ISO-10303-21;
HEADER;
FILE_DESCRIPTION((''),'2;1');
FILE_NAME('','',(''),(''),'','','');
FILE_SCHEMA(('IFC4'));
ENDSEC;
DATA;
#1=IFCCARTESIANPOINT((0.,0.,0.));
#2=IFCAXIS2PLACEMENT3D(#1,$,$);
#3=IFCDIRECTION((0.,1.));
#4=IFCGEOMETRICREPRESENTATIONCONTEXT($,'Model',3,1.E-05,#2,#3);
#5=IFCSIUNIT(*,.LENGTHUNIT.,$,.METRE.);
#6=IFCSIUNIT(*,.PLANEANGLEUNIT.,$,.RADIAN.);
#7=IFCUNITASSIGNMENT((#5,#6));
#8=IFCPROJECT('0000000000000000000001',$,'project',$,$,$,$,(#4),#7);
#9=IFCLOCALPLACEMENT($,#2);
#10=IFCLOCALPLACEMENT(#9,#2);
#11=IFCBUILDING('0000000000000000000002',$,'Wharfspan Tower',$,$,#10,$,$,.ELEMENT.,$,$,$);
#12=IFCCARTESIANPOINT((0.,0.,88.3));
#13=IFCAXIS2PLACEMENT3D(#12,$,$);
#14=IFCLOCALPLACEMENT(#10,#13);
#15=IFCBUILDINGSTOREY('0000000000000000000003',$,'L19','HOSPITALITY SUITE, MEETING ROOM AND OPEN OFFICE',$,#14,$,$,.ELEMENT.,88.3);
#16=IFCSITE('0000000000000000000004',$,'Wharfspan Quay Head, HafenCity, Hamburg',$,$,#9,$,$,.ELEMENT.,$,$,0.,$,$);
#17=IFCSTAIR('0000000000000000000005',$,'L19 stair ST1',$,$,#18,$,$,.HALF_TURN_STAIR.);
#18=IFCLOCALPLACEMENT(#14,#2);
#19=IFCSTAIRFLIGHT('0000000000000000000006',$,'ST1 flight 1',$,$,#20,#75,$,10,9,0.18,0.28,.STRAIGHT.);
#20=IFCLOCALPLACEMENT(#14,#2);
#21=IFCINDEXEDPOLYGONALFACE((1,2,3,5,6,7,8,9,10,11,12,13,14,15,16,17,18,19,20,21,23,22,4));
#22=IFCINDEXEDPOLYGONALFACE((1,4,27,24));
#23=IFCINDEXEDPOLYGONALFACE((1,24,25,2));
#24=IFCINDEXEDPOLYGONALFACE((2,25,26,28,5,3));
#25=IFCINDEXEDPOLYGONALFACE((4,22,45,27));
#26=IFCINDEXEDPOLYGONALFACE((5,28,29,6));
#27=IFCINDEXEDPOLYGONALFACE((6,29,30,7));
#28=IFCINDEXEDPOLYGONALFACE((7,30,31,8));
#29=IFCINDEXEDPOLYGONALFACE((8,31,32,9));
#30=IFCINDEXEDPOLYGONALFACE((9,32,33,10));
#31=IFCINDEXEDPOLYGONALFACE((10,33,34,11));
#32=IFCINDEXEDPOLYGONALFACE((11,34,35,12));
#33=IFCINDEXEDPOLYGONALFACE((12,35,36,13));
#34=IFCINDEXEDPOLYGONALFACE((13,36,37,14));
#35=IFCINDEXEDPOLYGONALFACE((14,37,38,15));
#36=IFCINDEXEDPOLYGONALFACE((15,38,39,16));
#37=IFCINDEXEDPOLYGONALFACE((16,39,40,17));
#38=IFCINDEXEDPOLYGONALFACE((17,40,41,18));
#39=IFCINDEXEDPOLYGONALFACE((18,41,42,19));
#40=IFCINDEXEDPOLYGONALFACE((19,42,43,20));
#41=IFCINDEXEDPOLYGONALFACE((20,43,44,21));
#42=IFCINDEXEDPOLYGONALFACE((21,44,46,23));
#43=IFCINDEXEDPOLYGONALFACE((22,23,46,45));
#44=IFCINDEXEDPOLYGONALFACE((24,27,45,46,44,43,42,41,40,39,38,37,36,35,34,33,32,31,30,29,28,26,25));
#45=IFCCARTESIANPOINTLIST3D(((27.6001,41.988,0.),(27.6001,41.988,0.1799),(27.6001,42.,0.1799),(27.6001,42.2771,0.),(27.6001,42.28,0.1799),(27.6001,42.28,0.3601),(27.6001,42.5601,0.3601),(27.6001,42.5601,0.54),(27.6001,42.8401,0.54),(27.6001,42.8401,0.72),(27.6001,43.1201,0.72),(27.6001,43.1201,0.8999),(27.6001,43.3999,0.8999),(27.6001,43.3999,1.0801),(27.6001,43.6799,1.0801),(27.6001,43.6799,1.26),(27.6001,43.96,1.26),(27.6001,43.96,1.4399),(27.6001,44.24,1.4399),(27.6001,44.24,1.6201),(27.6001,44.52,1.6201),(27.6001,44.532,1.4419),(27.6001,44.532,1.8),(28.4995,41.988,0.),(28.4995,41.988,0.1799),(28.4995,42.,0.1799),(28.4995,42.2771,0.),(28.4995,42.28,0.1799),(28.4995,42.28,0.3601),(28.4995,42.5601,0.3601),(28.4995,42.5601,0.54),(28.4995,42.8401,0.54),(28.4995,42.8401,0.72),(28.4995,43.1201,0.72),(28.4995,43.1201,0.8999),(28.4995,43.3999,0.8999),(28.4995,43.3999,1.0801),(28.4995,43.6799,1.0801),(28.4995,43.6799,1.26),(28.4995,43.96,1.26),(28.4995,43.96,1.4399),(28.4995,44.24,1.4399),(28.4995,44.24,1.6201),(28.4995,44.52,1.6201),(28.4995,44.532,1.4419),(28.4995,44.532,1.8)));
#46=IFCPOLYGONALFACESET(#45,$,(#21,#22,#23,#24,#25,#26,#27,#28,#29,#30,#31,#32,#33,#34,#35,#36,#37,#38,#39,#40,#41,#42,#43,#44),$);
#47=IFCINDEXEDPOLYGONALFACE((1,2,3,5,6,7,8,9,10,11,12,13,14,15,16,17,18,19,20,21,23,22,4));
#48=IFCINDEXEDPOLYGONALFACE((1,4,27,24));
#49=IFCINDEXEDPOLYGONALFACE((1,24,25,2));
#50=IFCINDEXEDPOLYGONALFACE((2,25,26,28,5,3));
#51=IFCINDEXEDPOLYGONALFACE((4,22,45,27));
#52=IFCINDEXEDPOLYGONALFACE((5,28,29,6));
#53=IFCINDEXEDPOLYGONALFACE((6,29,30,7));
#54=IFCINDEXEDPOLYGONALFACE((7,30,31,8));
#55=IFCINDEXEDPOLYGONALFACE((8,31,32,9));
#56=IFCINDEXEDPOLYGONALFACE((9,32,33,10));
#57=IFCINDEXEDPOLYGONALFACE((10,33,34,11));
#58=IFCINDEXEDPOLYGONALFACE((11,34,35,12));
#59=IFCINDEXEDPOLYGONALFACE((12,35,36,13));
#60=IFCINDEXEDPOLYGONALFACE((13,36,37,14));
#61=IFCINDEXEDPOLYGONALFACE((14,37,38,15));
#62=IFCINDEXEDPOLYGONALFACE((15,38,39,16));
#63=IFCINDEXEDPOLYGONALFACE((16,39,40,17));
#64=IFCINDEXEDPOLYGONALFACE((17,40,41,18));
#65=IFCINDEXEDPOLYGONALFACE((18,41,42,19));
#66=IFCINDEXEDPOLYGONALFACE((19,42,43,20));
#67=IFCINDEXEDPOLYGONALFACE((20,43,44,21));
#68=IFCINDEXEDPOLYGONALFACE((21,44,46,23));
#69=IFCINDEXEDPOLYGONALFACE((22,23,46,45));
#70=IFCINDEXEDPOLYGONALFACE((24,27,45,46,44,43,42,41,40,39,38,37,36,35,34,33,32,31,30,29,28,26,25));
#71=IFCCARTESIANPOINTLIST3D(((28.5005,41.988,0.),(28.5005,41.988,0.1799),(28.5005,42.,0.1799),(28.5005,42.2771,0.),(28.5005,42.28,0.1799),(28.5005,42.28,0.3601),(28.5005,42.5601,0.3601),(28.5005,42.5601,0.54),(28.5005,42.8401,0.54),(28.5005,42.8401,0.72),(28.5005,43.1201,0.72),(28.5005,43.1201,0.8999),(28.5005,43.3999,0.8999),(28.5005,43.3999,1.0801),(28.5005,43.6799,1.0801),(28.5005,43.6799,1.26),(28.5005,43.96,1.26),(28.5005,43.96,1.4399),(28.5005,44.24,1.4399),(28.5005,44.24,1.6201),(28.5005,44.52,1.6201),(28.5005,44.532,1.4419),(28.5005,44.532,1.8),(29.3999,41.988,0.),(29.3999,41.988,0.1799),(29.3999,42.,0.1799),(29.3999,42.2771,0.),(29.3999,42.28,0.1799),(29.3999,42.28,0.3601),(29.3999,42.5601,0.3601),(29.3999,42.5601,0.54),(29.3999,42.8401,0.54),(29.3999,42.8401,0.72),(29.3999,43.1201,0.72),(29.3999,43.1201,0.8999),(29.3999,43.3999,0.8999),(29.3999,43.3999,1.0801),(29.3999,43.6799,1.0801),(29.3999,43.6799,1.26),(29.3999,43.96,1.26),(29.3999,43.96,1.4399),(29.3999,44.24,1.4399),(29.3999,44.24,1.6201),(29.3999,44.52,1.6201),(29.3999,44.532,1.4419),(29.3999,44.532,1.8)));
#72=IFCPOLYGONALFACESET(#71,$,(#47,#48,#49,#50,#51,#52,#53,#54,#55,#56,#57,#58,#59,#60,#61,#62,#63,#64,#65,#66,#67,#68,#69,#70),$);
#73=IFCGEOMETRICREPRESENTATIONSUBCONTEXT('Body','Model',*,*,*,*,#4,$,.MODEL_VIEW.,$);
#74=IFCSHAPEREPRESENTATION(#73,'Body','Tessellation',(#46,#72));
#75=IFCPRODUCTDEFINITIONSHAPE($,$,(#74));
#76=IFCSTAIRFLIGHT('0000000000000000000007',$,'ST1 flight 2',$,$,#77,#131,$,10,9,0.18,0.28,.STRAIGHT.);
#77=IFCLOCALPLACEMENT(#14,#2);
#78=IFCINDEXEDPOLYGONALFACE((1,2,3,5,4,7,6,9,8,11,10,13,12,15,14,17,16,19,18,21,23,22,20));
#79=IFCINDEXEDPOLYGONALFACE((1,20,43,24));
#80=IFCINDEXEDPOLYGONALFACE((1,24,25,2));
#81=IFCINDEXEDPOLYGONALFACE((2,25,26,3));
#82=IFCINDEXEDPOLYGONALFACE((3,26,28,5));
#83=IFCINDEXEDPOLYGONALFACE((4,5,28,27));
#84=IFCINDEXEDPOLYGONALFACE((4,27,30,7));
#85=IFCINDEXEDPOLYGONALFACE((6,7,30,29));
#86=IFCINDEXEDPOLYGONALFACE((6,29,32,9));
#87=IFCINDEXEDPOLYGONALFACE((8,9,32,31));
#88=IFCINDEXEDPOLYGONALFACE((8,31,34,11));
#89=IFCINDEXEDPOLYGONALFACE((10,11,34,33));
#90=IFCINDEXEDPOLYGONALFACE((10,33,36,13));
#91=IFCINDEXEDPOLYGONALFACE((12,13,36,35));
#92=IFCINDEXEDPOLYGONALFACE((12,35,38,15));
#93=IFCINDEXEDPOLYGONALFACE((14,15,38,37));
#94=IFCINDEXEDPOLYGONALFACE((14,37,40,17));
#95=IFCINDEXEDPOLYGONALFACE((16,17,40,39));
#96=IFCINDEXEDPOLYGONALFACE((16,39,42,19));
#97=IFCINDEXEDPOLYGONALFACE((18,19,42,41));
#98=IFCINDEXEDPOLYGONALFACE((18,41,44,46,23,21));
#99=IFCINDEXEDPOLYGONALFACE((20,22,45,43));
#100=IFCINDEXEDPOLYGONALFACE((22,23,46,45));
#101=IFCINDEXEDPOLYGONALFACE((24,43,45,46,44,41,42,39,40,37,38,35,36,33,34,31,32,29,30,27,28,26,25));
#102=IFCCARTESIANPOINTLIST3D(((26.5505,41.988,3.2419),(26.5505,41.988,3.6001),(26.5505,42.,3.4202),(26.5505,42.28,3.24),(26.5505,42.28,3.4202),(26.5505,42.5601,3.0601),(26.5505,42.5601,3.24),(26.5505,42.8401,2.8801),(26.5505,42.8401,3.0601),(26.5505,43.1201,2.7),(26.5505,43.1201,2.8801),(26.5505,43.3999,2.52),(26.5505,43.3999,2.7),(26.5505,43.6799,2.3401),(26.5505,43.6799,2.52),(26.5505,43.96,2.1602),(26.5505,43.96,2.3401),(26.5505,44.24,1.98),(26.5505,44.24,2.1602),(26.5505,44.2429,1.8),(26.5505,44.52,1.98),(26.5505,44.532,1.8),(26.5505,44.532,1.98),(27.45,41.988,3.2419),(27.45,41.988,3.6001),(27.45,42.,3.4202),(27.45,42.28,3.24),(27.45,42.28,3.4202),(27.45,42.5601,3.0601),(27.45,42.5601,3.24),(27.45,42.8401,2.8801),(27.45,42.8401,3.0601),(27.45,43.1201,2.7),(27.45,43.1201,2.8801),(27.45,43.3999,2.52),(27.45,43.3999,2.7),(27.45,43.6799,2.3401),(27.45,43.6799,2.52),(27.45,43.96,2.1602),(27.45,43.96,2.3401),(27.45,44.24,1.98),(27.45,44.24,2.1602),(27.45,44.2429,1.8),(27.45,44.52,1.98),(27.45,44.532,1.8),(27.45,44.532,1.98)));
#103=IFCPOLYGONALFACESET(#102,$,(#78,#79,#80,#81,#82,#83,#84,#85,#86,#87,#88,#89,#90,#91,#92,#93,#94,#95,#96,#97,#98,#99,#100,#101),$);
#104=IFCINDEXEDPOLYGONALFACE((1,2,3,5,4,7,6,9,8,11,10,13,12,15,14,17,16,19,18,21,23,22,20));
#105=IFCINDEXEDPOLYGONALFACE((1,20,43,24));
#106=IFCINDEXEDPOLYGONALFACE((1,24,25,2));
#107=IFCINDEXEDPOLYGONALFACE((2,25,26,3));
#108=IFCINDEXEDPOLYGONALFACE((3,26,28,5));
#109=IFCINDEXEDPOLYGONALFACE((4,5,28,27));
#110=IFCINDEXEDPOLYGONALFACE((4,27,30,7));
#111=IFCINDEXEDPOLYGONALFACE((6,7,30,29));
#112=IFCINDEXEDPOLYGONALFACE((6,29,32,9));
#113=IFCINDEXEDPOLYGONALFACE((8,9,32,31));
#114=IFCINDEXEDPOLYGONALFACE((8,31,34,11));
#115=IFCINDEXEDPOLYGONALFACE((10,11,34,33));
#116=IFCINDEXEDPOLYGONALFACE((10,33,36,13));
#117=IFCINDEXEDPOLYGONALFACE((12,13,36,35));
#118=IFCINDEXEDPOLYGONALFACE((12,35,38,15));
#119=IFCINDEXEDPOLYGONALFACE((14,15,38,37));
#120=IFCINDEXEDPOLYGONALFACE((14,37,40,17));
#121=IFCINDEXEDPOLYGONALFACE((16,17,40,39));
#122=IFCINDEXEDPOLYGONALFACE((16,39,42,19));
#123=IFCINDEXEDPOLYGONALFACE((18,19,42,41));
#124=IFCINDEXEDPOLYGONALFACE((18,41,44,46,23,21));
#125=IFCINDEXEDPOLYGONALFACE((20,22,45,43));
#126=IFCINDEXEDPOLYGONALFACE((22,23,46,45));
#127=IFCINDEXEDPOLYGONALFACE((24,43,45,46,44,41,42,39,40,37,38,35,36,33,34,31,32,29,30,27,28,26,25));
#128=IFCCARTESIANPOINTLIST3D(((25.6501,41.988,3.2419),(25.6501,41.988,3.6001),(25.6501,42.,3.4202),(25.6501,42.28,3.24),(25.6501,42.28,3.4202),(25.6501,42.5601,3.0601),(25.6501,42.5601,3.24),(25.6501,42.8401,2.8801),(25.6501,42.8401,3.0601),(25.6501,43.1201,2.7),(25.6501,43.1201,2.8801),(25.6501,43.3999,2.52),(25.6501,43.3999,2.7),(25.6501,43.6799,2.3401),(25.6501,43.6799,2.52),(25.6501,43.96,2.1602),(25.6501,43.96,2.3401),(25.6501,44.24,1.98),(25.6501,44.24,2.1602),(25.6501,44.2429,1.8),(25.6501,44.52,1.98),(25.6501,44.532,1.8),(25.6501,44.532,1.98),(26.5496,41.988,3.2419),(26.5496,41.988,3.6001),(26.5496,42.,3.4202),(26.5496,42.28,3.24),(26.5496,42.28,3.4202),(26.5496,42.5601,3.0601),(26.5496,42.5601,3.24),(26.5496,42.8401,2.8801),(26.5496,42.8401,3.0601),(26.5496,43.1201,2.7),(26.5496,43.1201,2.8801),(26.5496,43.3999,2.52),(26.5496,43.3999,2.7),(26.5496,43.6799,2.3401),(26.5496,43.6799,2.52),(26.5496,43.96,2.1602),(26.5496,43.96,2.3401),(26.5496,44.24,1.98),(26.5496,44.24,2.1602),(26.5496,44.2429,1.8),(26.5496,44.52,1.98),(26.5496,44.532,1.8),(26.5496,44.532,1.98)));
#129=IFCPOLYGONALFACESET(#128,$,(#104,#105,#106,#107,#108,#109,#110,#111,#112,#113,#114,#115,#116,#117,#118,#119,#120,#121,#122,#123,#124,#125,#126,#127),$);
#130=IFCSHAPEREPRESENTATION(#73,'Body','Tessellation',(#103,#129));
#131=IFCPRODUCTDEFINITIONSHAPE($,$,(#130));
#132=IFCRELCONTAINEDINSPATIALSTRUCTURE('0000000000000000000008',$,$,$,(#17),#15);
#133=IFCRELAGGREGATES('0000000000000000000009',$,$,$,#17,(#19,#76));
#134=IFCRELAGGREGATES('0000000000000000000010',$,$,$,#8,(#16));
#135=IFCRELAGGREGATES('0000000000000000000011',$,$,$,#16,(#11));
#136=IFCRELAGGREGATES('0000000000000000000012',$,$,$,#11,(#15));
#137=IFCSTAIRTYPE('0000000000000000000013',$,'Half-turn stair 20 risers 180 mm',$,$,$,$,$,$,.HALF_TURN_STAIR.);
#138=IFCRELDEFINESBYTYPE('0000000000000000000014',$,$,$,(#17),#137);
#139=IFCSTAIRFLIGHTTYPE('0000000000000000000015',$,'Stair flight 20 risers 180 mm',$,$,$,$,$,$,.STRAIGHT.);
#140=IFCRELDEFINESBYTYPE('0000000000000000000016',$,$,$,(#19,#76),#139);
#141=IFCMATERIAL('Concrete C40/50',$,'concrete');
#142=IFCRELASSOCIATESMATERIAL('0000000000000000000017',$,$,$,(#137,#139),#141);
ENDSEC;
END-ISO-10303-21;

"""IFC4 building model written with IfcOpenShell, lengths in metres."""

from ifc_helpers import new_model, si_unit, direction, frame, origin, place, context, subcontext, project, spatial, polyline, outline, extrude, material, type_object, element, aggregate, save


model = new_model("IFC4")

# Units and contexts
model_context = context("Model", 3, precision=1e-05, world=origin(), true_north=direction((0.0, 1.0)))
body_context = subcontext(model_context, "Body", "Model", "MODEL_VIEW")
ifc_project = project(units=[si_unit("LENGTHUNIT", "METRE"), si_unit("PLANEANGLEUNIT", "RADIAN")], contexts=[model_context])

# Site, building, storey
site_placement = place(None, origin())
site = spatial("IfcSite", under=ifc_project, at=site_placement, Name="Wharfspan Quay Head, HafenCity, Hamburg", CompositionType="ELEMENT", RefElevation=0.0)
building_placement = place(site_placement, origin())
building = spatial("IfcBuilding", under=site, at=building_placement, Name="Wharfspan Tower", CompositionType="ELEMENT")
storey_placement = place(building_placement, frame((0.0, 0.0, 88.3)))
storey = spatial("IfcBuildingStorey", under=building, at=storey_placement, Name="L19", Description="HOSPITALITY SUITE, MEETING ROOM AND OPEN OFFICE", CompositionType="ELEMENT", Elevation=88.3)

# Stair, stair flights
ifc_material_1 = material(Name="Concrete C40/50", Category="concrete")
stair_type = type_object("IfcStairType", Name="Half-turn stair 20 risers 180 mm", PredefinedType="HALF_TURN_STAIR", material=ifc_material_1)
stair_placement = place(storey_placement, origin())
stair = element("IfcStair", 1, at=stair_placement, inside=storey, type_object=stair_type, Name="L19 stair ST1", PredefinedType="HALF_TURN_STAIR")
stair_flight_type = type_object("IfcStairFlightType", Name="Stair flight 20 risers 180 mm", PredefinedType="STRAIGHT", material=ifc_material_1)
stair_flight_1_placement = place(storey_placement, frame((28.5, 42.0, 0.0), z_axis=(0.0, 0.0, 1.0), x_axis=(0.0, 1.0, 0.0)))
stair_flight_1 = element("IfcStairFlight", 2, at=stair_flight_1_placement, type_object=stair_flight_type, Name="ST1 flight 1", NumberOfRisers=10, NumberOfTreads=9, PredefinedType="STRAIGHT", RiserHeight=0.18, TreadLength=0.28, context=body_context, shape_type="SweptSolid", body=[
    extrude(outline(polyline([(-0.012, 0.0), (-0.012, 0.1799), (0.0, 0.1799), (0.28, 0.1799), (0.28, 0.3601), (0.5601, 0.3601), (0.5601, 0.54), (0.8401, 0.54), (0.8401, 0.72), (1.1201, 0.72), (1.1201, 0.8999), (1.3999, 0.8999), (1.3999, 1.0801), (1.6799, 1.0801), (1.6799, 1.26), (1.96, 1.26), (1.96, 1.4399), (2.24, 1.4399), (2.24, 1.6201), (2.52, 1.6201), (2.532, 1.8), (2.532, 1.4419), (0.2771, 0.0), (-0.012, 0.0)])), frame((0.0, 0.8999, 0.0), z_axis=(0.0, -1.0, 0.0), x_axis=(1.0, 0.0, 0.0)), (0.0, 0.0, 1.0), 0.8994),
    extrude(outline(polyline([(-0.012, 0.0), (-0.012, 0.1799), (0.0, 0.1799), (0.28, 0.1799), (0.28, 0.3601), (0.5601, 0.3601), (0.5601, 0.54), (0.8401, 0.54), (0.8401, 0.72), (1.1201, 0.72), (1.1201, 0.8999), (1.3999, 0.8999), (1.3999, 1.0801), (1.6799, 1.0801), (1.6799, 1.26), (1.96, 1.26), (1.96, 1.4399), (2.24, 1.4399), (2.24, 1.6201), (2.52, 1.6201), (2.532, 1.8), (2.532, 1.4419), (0.2771, 0.0), (-0.012, 0.0)])), frame((0.0, -0.0005, 0.0), z_axis=(0.0, -1.0, 0.0), x_axis=(1.0, 0.0, 0.0)), (0.0, 0.0, 1.0), 0.8994),
])
stair_flight_2_placement = place(storey_placement, frame((26.55, 44.52, 1.8), z_axis=(0.0, 0.0, 1.0), x_axis=(0.0, -1.0, 0.0)))
stair_flight_2 = element("IfcStairFlight", 3, at=stair_flight_2_placement, type_object=stair_flight_type, Name="ST1 flight 2", NumberOfRisers=10, NumberOfTreads=9, PredefinedType="STRAIGHT", RiserHeight=0.18, TreadLength=0.28, context=body_context, shape_type="SweptSolid", body=[
    extrude(outline(polyline([(-0.012, 0.0), (-0.012, 0.1799), (0.0, 0.1799), (0.28, 0.1799), (0.28, 0.3601), (0.5601, 0.3601), (0.5601, 0.54), (0.8401, 0.54), (0.8401, 0.72), (1.1201, 0.72), (1.1201, 0.8999), (1.3999, 0.8999), (1.3999, 1.0801), (1.6799, 1.0801), (1.6799, 1.26), (1.96, 1.26), (1.96, 1.4399), (2.24, 1.4399), (2.24, 1.6201), (2.52, 1.6201), (2.532, 1.8), (2.532, 1.4419), (0.2771, 0.0), (-0.012, 0.0)])), frame((0.0, 0.8999, 0.0), z_axis=(0.0, -1.0, 0.0), x_axis=(1.0, 0.0, 0.0)), (0.0, 0.0, 1.0), 0.8994),
    extrude(outline(polyline([(-0.012, 0.0), (-0.012, 0.1799), (0.0, 0.1799), (0.28, 0.1799), (0.28, 0.3601), (0.5601, 0.3601), (0.5601, 0.54), (0.8401, 0.54), (0.8401, 0.72), (1.1201, 0.72), (1.1201, 0.8999), (1.3999, 0.8999), (1.3999, 1.0801), (1.6799, 1.0801), (1.6799, 1.26), (1.96, 1.26), (1.96, 1.4399), (2.24, 1.4399), (2.24, 1.6201), (2.52, 1.6201), (2.532, 1.8), (2.532, 1.4419), (0.2771, 0.0), (-0.012, 0.0)])), frame((0.0, -0.0005, 0.0), z_axis=(0.0, -1.0, 0.0), x_axis=(1.0, 0.0, 0.0)), (0.0, 0.0, 1.0), 0.8994),
])
aggregate(stair, [stair_flight_1, stair_flight_2])

save(model, "model.ifc")
